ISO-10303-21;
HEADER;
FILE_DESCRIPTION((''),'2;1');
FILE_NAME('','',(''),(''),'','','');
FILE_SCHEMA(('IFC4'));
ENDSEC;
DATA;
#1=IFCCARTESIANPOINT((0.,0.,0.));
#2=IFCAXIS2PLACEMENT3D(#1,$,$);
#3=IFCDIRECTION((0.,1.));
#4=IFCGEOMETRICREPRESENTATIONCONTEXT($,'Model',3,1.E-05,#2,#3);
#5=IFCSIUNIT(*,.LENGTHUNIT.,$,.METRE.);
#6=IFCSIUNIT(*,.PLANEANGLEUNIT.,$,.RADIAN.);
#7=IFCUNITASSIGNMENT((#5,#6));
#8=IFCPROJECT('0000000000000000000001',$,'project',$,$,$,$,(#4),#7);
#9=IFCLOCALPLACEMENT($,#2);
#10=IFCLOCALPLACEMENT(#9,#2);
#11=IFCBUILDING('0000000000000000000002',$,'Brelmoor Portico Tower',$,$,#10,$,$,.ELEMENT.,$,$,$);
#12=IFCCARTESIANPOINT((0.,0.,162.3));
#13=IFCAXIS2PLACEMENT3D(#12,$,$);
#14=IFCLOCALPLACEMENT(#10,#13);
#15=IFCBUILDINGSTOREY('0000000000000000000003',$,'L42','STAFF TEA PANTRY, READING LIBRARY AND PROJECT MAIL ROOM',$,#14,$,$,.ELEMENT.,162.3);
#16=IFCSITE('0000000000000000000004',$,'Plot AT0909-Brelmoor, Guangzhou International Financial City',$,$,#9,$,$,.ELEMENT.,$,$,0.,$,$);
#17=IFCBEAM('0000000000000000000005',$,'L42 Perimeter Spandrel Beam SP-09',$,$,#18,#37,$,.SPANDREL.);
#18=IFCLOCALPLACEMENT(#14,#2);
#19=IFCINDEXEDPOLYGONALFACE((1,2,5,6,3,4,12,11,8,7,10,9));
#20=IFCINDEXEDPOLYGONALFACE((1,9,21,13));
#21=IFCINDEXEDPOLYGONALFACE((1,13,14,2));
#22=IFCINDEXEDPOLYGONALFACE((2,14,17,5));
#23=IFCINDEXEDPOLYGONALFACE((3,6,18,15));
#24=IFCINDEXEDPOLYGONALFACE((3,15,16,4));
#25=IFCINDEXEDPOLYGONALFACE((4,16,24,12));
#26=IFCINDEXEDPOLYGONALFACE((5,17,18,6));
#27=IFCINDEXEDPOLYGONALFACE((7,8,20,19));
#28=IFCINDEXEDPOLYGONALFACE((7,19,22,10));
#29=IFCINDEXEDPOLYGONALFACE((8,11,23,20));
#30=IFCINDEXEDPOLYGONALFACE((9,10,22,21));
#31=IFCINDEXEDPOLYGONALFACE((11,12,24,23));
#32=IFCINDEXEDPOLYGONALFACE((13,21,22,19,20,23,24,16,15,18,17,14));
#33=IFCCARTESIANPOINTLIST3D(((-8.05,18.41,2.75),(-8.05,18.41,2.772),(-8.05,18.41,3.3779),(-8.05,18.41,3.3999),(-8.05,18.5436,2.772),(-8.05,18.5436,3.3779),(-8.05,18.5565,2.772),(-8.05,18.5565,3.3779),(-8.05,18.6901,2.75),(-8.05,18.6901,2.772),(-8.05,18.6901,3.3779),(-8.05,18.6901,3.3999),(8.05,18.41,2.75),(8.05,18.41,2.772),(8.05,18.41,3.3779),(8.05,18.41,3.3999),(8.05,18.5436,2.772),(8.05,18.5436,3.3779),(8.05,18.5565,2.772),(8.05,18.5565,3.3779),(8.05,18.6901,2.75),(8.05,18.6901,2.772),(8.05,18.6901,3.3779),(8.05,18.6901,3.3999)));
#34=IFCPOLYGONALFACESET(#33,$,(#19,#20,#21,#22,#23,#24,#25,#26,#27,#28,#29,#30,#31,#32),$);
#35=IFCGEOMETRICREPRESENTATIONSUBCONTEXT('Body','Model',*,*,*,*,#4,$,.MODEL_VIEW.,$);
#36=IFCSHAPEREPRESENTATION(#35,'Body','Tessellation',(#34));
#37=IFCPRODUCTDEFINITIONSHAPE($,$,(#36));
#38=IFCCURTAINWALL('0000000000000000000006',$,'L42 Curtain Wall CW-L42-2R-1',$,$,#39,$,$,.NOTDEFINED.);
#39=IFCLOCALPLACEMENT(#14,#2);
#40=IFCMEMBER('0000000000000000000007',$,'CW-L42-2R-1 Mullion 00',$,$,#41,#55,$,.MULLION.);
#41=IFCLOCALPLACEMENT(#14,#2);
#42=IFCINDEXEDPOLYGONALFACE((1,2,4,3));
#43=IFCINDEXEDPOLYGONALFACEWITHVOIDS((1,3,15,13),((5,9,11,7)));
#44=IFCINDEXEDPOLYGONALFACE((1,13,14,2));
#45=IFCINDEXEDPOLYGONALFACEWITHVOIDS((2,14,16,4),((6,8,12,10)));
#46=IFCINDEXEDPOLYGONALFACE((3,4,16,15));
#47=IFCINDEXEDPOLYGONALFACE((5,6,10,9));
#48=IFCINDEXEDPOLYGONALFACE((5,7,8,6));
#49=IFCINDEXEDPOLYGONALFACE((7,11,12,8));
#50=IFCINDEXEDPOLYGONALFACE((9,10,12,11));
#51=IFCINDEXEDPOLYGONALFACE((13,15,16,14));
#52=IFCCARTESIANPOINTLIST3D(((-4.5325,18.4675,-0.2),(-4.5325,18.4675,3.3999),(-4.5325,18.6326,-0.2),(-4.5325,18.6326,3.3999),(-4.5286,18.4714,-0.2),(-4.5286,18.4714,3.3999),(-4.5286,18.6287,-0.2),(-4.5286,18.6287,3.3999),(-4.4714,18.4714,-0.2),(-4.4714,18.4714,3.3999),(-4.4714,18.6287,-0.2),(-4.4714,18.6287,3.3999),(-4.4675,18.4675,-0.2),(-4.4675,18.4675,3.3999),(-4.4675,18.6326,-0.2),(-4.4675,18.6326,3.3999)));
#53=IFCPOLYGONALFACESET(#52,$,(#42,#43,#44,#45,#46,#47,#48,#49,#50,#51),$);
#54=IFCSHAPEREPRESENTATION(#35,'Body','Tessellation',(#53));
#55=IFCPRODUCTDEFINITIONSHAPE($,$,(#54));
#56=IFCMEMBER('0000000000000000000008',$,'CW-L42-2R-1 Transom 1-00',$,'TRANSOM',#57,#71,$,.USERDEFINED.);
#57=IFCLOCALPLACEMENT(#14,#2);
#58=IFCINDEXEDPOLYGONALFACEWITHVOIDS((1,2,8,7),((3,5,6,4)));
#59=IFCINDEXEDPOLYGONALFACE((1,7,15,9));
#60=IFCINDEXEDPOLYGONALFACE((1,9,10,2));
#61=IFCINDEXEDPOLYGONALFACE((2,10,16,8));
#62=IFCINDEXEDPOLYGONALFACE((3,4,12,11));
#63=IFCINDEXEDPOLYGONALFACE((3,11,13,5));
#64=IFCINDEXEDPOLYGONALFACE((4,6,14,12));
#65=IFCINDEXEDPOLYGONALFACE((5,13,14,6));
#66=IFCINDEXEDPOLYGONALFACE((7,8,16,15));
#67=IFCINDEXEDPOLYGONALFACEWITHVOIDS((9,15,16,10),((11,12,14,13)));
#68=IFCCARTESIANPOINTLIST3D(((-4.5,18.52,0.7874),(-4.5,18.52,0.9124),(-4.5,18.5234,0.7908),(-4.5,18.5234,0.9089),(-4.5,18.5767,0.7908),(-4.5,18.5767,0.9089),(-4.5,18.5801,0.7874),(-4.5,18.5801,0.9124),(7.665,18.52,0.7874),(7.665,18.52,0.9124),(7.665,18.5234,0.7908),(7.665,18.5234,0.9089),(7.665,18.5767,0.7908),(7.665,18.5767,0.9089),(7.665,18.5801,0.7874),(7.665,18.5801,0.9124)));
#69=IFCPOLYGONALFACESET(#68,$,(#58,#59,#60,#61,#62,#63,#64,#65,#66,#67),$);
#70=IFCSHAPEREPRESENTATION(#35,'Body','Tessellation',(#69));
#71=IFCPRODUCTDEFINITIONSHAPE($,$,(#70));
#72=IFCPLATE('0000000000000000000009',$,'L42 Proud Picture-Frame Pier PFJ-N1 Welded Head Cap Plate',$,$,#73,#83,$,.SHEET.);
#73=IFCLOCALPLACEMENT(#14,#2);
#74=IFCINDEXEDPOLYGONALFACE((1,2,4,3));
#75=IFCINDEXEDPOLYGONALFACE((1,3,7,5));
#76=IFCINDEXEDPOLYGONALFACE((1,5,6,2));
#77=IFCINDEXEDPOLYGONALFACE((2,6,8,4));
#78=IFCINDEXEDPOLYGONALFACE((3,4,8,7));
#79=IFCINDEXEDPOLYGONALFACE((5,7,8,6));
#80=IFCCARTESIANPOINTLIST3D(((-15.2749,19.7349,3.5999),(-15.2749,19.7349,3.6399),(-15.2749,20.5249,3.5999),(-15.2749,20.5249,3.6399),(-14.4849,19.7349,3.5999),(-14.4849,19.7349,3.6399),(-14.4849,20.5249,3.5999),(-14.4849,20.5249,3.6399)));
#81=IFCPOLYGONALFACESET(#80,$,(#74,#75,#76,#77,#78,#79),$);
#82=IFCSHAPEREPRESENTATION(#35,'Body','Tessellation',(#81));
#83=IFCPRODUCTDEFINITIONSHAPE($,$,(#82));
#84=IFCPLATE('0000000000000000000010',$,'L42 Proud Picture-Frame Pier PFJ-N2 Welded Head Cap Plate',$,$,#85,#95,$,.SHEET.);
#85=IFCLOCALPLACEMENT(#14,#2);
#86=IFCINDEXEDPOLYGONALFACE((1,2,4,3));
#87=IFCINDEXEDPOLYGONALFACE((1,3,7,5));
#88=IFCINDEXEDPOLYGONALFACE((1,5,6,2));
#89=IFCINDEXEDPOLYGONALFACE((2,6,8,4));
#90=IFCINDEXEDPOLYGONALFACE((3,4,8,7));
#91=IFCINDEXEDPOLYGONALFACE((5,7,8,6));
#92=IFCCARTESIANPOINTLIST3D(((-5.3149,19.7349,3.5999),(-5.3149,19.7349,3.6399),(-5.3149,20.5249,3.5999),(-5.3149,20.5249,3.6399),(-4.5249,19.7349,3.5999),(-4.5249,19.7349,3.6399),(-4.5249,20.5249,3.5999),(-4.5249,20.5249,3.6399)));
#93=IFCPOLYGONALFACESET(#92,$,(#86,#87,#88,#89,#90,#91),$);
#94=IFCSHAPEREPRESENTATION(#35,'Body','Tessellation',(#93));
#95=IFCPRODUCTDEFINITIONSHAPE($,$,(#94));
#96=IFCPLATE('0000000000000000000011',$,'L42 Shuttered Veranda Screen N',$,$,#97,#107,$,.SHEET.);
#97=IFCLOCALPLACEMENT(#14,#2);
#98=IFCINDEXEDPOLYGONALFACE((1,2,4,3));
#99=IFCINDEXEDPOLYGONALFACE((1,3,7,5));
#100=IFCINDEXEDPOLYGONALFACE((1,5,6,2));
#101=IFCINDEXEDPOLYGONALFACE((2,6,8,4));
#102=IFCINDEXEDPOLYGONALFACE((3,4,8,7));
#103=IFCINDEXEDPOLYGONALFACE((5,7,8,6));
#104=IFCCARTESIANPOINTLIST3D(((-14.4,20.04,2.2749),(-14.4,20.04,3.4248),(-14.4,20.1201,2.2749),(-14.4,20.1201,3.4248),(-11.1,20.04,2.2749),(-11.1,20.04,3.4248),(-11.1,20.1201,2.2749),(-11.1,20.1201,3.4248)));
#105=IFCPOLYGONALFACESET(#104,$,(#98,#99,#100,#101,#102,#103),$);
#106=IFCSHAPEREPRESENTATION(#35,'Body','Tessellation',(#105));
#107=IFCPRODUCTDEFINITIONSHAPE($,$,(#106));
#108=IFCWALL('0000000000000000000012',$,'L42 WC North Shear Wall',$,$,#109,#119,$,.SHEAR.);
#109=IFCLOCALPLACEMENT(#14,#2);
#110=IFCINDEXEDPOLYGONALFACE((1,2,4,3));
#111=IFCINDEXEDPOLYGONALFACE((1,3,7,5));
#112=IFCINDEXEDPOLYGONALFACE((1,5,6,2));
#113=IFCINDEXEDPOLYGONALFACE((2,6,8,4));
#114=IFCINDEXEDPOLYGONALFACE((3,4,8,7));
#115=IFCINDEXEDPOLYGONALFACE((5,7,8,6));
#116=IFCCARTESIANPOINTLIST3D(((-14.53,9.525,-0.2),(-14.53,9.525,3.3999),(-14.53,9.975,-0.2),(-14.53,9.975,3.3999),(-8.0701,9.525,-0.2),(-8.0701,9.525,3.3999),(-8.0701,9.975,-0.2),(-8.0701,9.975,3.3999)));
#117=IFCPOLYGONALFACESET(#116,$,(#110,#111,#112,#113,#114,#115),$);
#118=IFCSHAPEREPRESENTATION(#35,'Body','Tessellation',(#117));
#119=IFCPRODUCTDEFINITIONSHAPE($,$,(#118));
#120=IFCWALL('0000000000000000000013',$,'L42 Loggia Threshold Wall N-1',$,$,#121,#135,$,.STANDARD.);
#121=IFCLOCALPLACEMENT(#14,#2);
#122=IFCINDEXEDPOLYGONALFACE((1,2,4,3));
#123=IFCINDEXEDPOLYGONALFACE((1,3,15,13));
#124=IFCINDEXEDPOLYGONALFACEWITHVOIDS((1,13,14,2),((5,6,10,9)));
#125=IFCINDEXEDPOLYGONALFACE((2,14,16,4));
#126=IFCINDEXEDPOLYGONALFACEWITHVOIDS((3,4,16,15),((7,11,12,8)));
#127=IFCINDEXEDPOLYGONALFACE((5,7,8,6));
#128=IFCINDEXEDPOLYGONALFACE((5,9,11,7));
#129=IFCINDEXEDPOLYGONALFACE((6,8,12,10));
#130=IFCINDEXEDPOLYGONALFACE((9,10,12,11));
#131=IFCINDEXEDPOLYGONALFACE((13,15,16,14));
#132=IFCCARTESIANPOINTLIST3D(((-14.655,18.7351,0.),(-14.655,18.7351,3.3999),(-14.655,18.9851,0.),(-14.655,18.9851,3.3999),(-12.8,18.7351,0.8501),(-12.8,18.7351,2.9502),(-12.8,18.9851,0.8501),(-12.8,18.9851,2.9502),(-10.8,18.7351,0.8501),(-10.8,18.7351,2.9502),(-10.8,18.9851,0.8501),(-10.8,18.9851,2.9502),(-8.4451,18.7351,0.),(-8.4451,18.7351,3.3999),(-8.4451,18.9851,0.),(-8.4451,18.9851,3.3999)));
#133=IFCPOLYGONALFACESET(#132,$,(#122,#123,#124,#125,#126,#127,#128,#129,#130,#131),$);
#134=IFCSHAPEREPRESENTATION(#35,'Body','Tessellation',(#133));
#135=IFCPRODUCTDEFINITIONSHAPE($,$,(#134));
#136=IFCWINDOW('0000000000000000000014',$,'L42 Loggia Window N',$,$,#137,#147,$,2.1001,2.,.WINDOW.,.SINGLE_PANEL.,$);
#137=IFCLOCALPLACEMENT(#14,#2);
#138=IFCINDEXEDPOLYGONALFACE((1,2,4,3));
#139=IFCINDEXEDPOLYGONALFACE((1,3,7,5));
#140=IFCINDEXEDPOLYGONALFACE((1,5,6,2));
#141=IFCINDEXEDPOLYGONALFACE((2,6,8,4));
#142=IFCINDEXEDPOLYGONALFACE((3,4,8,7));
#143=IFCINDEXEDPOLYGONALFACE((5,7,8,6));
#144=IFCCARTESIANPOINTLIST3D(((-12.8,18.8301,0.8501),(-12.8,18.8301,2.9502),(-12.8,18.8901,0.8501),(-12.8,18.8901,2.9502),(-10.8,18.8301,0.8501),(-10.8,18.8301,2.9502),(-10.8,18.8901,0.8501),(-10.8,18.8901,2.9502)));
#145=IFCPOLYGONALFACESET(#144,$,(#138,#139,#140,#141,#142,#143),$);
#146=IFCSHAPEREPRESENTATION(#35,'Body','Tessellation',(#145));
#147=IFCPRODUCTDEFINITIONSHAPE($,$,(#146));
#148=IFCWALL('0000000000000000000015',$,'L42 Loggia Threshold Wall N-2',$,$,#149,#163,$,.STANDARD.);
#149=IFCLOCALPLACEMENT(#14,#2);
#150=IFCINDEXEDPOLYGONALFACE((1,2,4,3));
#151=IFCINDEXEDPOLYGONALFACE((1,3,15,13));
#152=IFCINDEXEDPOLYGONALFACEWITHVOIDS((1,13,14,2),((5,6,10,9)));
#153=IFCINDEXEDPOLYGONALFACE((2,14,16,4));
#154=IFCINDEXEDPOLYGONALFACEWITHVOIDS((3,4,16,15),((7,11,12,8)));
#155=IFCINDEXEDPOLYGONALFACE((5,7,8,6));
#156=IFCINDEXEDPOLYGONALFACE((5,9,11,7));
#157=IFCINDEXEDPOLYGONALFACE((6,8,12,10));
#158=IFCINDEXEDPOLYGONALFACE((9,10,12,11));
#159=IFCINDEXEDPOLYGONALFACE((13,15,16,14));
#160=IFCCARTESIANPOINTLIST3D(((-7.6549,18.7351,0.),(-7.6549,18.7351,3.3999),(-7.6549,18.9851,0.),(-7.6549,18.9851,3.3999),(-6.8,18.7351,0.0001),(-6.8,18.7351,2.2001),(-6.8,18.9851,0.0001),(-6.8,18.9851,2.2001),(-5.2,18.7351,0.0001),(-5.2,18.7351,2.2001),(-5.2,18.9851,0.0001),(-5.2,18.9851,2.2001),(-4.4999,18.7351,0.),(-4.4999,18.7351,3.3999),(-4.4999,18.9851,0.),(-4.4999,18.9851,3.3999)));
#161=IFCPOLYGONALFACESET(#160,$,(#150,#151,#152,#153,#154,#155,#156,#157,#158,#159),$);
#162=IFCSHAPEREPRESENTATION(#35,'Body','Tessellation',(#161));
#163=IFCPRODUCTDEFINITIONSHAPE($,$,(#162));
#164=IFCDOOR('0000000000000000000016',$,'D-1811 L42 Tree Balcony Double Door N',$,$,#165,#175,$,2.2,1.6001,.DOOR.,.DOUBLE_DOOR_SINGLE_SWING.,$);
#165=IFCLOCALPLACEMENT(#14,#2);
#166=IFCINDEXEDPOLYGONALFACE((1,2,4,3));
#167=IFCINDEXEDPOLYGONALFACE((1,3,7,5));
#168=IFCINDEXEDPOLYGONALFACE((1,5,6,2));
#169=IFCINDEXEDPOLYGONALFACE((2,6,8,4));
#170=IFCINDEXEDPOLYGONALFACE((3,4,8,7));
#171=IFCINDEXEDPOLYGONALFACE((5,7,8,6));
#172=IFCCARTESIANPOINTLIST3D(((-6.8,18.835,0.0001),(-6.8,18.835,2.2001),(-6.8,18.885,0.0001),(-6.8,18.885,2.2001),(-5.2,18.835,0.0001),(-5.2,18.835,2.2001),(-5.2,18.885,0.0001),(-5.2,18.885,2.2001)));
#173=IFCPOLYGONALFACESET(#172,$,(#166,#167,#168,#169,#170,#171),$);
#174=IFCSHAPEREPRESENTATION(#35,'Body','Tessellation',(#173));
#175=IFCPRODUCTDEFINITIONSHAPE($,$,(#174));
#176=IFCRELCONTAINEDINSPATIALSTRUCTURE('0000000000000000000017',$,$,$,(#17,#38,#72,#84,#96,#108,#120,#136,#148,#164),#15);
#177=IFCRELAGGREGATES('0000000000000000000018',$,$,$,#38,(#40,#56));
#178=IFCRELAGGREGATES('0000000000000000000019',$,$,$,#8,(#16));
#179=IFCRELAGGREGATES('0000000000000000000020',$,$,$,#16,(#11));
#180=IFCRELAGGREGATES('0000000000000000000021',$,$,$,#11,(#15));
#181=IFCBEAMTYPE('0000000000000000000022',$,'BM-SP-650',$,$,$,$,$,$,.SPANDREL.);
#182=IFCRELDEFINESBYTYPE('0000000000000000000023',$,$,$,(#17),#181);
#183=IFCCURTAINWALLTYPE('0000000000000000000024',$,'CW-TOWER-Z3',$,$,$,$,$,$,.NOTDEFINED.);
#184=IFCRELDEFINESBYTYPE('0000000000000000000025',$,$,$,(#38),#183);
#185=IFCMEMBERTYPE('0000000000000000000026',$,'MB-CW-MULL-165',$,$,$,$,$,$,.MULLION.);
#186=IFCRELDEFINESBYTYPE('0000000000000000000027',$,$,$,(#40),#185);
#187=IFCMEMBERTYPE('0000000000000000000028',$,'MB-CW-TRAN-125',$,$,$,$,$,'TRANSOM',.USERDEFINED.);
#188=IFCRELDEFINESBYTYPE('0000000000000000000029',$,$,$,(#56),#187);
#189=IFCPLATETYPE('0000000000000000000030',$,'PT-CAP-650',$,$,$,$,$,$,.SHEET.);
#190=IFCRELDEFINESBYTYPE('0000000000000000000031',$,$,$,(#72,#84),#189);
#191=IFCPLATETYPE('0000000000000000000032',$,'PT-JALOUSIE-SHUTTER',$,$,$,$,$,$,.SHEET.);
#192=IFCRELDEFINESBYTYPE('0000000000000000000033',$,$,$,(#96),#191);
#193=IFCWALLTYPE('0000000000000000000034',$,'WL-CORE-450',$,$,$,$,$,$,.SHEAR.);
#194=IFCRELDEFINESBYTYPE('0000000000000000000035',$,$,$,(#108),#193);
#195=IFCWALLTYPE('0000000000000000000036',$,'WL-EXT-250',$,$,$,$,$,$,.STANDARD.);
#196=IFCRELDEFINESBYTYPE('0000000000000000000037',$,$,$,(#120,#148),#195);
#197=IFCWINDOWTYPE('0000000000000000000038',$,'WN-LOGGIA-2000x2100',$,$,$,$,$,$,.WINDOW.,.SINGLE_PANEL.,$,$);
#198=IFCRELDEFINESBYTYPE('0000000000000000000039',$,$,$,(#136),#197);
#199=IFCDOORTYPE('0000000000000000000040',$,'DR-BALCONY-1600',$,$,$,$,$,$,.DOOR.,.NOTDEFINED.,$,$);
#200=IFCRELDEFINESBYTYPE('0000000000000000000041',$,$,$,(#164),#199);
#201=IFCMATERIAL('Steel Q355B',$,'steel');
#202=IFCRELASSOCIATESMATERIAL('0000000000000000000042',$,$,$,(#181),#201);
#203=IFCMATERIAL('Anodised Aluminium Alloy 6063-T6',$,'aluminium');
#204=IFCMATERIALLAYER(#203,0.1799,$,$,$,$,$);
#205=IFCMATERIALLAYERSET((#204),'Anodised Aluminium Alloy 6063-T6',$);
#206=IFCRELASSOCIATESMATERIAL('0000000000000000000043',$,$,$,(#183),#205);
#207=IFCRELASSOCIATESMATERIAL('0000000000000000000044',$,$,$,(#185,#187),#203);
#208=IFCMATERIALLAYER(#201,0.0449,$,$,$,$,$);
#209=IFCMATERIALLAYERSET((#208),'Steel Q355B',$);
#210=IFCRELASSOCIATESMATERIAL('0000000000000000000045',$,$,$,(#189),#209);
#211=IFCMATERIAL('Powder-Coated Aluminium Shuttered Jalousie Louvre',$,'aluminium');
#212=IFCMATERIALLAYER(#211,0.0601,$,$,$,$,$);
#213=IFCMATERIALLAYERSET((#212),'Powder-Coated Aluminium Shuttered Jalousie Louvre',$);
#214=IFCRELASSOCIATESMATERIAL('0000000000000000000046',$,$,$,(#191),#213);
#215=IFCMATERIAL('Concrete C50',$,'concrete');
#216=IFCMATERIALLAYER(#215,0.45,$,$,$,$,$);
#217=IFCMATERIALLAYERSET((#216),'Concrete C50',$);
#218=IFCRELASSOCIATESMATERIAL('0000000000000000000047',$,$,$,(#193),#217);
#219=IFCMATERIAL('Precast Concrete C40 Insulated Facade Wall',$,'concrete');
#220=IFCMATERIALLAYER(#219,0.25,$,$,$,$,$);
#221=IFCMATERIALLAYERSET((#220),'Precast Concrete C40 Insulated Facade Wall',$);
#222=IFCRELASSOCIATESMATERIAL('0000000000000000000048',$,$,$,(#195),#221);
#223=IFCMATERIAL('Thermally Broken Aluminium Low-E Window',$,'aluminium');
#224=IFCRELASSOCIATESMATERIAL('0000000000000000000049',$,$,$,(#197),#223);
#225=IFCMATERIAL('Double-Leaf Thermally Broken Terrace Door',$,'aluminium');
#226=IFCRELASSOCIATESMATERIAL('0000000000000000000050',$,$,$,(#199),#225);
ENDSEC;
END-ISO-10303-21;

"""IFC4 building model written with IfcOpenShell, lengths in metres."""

from ifc_helpers import new_model, si_unit, direction, frame, frame_2d, origin, origin_2d, place, context, subcontext, project, spatial, rectangle, hollow_rectangle, i_section, extrude, material, layer, layer_set, material_profile, profile_set, type_object, element, fill, aggregate, save


model = new_model("IFC4")

# Units and contexts
model_context = context("Model", 3, precision=1e-05, world=origin(), true_north=direction((0.0, 1.0)))
body_context = subcontext(model_context, "Body", "Model", "MODEL_VIEW")
ifc_project = project(units=[si_unit("LENGTHUNIT", "METRE"), si_unit("PLANEANGLEUNIT", "RADIAN")], contexts=[model_context])

# Site, building, storey
site_placement = place(None, origin())
site = spatial("IfcSite", under=ifc_project, at=site_placement, Name="Plot AT0909-Brelmoor, Guangzhou International Financial City", CompositionType="ELEMENT", RefElevation=0.0)
building_placement = place(site_placement, origin())
building = spatial("IfcBuilding", under=site, at=building_placement, Name="Brelmoor Portico Tower", CompositionType="ELEMENT")
storey_placement = place(building_placement, frame((0.0, 0.0, 162.3)))
storey = spatial("IfcBuildingStorey", under=building, at=storey_placement, Name="L42", Description="STAFF TEA PANTRY, READING LIBRARY AND PROJECT MAIL ROOM", CompositionType="ELEMENT", Elevation=162.3)

# Shared definitions
ifc_material_1 = material(Name="Steel Q355B", Category="steel")

# Beam
ifc_material_profile_1 = material_profile(ifc_material_1, i_section(OverallWidth=0.28, OverallDepth=0.6499, WebThickness=0.0129, FlangeThickness=0.022, at=origin_2d()), Name="HN 650x280x13x22")
ifc_profile_set_1 = profile_set([ifc_material_profile_1], Name="Steel Q355B")
beam_type_1 = type_object("IfcBeamType", Name="BM-SP-650", PredefinedType="SPANDREL", material=ifc_profile_set_1)
beam_1_placement = place(storey_placement, frame((-8.05, 18.55, 3.075), z_axis=(1.0, 0.0, 0.0), x_axis=(0.0, 1.0, 0.0)))
element("IfcBeam", 1, at=beam_1_placement, inside=storey, type_object=beam_type_1, Name="L42 Perimeter Spandrel Beam SP-09", PredefinedType="SPANDREL", context=body_context, shape_type="SweptSolid", body=[
    extrude(i_section(OverallWidth=0.28, OverallDepth=0.6499, WebThickness=0.0129, FlangeThickness=0.022, at=origin_2d()), origin(), (0.0, 0.0, 1.0), 16.1001),
])

# Curtain wall, members
ifc_material_2 = material(Name="Anodised Aluminium Alloy 6063-T6", Category="aluminium")
ifc_layer_1 = layer(ifc_material_2, 0.1799)
ifc_layer_set_1 = layer_set([ifc_layer_1], Name="Anodised Aluminium Alloy 6063-T6")
curtain_wall_type = type_object("IfcCurtainWallType", Name="CW-TOWER-Z3", PredefinedType="NOTDEFINED", material=ifc_layer_set_1)
curtain_wall_placement = place(storey_placement, origin())
curtain_wall = element("IfcCurtainWall", 2, at=curtain_wall_placement, inside=storey, type_object=curtain_wall_type, Name="L42 Curtain Wall CW-L42-2R-1", PredefinedType="NOTDEFINED")
ifc_material_profile_2 = material_profile(ifc_material_2, hollow_rectangle(XDim=0.0649, YDim=0.165, WallThickness=0.0039, at=origin_2d()), Name="ALU MULLION 65x165")
ifc_profile_set_2 = profile_set([ifc_material_profile_2], Name="Anodised Aluminium Alloy 6063-T6")
member_type_1 = type_object("IfcMemberType", Name="MB-CW-MULL-165", PredefinedType="MULLION", material=ifc_profile_set_2)
member_1_placement = place(storey_placement, frame((-4.5, 18.55, -0.2), z_axis=(0.0, 0.0, 1.0), x_axis=(1.0, 0.0, 0.0)))
member_1 = element("IfcMember", 3, at=member_1_placement, type_object=member_type_1, Name="CW-L42-2R-1 Mullion 00", PredefinedType="MULLION", context=body_context, shape_type="SweptSolid", body=[
    extrude(hollow_rectangle(XDim=0.0649, YDim=0.165, WallThickness=0.0039, at=origin_2d()), origin(), (0.0, 0.0, 1.0), 3.5999),
])
ifc_material_profile_3 = material_profile(ifc_material_2, hollow_rectangle(XDim=0.0601, YDim=0.125, WallThickness=0.0034, at=origin_2d()), Name="ALU TRANSOM 60x125")
ifc_profile_set_3 = profile_set([ifc_material_profile_3], Name="Anodised Aluminium Alloy 6063-T6")
member_type_2 = type_object("IfcMemberType", Name="MB-CW-TRAN-125", ElementType="TRANSOM", PredefinedType="USERDEFINED", material=ifc_profile_set_3)
member_2_placement = place(storey_placement, frame((-4.5, 18.55, 0.8499), z_axis=(1.0, 0.0, 0.0), x_axis=(0.0, 1.0, 0.0)))
member_2 = element("IfcMember", 4, at=member_2_placement, type_object=member_type_2, Name="CW-L42-2R-1 Transom 1-00", ObjectType="TRANSOM", PredefinedType="USERDEFINED", context=body_context, shape_type="SweptSolid", body=[
    extrude(hollow_rectangle(XDim=0.0601, YDim=0.125, WallThickness=0.0034, at=origin_2d()), origin(), (0.0, 0.0, 1.0), 12.165),
])
aggregate(curtain_wall, [member_1, member_2])

# Plates
ifc_layer_2 = layer(ifc_material_1, 0.0449)
ifc_layer_set_2 = layer_set([ifc_layer_2], Name="Steel Q355B")
plate_type_1 = type_object("IfcPlateType", Name="PT-CAP-650", PredefinedType="SHEET", material=ifc_layer_set_2)
for number, where, z_axis, x_axis, name in (
    (5, (-14.8799, 20.1299, 3.5999), (0.0, 0.0, 1.0), (1.0, 0.0, 0.0), "L42 Proud Picture-Frame Pier PFJ-N1 Welded Head Cap Plate"),
    (6, (-4.9199, 20.1299, 3.5999), (0.0, 0.0, 1.0), (1.0, 0.0, 0.0), "L42 Proud Picture-Frame Pier PFJ-N2 Welded Head Cap Plate"),
):
    element("IfcPlate", number, at=place(storey_placement, frame(where, z_axis=z_axis, x_axis=x_axis)), inside=storey, type_object=plate_type_1, Name=name, PredefinedType="SHEET", context=body_context, shape_type="SweptSolid", body=[
        extrude(rectangle(XDim=0.79, YDim=0.79, at=origin_2d()), origin(), (0.0, 0.0, 1.0), 0.04),
    ])
ifc_material_3 = material(Name="Powder-Coated Aluminium Shuttered Jalousie Louvre", Category="aluminium")
ifc_layer_3 = layer(ifc_material_3, 0.0601)
ifc_layer_set_3 = layer_set([ifc_layer_3], Name="Powder-Coated Aluminium Shuttered Jalousie Louvre")
plate_type_2 = type_object("IfcPlateType", Name="PT-JALOUSIE-SHUTTER", PredefinedType="SHEET", material=ifc_layer_set_3)
plate_placement = place(storey_placement, frame((-12.75, 20.0801, 2.2749), z_axis=(0.0, 0.0, 1.0), x_axis=(1.0, 0.0, 0.0)))
element("IfcPlate", 7, at=plate_placement, inside=storey, type_object=plate_type_2, Name="L42 Shuttered Veranda Screen N", PredefinedType="SHEET", context=body_context, shape_type="SweptSolid", body=[
    extrude(rectangle(XDim=3.3, YDim=0.0801, at=origin_2d()), origin(), (0.0, 0.0, 1.0), 1.1499),
])

# Wall
ifc_material_4 = material(Name="Concrete C50", Category="concrete")
ifc_layer_4 = layer(ifc_material_4, 0.45)
ifc_layer_set_4 = layer_set([ifc_layer_4], Name="Concrete C50")
wall_type_1 = type_object("IfcWallType", Name="WL-CORE-450", PredefinedType="SHEAR", material=ifc_layer_set_4)
wall_1_placement = place(storey_placement, frame((-14.53, 9.75, -0.2), z_axis=(0.0, 0.0, 1.0), x_axis=(1.0, 0.0, 0.0)))
element("IfcWall", 8, at=wall_1_placement, inside=storey, type_object=wall_type_1, Name="L42 WC North Shear Wall", PredefinedType="SHEAR", context=body_context, shape_type="SweptSolid", body=[
    extrude(rectangle(XDim=6.46, YDim=0.45, at=frame_2d((3.23, 0.0))), origin(), (0.0, 0.0, 1.0), 3.5999),
])

# Wall, opening, window
ifc_material_5 = material(Name="Precast Concrete C40 Insulated Facade Wall", Category="concrete")
ifc_layer_5 = layer(ifc_material_5, 0.25)
ifc_layer_set_5 = layer_set([ifc_layer_5], Name="Precast Concrete C40 Insulated Facade Wall")
wall_type_2 = type_object("IfcWallType", Name="WL-EXT-250", PredefinedType="STANDARD", material=ifc_layer_set_5)
wall_2_placement = place(storey_placement, frame((-14.655, 18.8601, 0.0), z_axis=(0.0, 0.0, 1.0), x_axis=(1.0, 0.0, 0.0)))
wall_2 = element("IfcWall", 9, at=wall_2_placement, inside=storey, type_object=wall_type_2, Name="L42 Loggia Threshold Wall N-1", PredefinedType="STANDARD", context=body_context, shape_type="SweptSolid", body=[
    extrude(rectangle(XDim=6.21, YDim=0.25, at=frame_2d((3.105, 0.0))), origin(), (0.0, 0.0, 1.0), 3.3999),
])
opening_1_placement = place(wall_2_placement, frame((1.855, 0.0, 0.8501)))
opening_1 = element("IfcOpeningElement", 10, at=opening_1_placement, cuts=wall_2, PredefinedType="OPENING", context=body_context, shape_type="SweptSolid", body=[
    extrude(rectangle(XDim=2.0, YDim=2.1001, at=frame_2d((1.0, 1.05))), frame((0.0, 0.135, 0.0), z_axis=(0.0, -1.0, 0.0), x_axis=(1.0, 0.0, 0.0)), (0.0, 0.0, 1.0), 0.27),
])
ifc_material_6 = material(Name="Thermally Broken Aluminium Low-E Window", Category="aluminium")
window_type = type_object("IfcWindowType", Name="WN-LOGGIA-2000x2100", PartitioningType="SINGLE_PANEL", PredefinedType="WINDOW", material=ifc_material_6)
window_placement = place(opening_1_placement, origin())
window = element("IfcWindow", 11, at=window_placement, inside=storey, type_object=window_type, Name="L42 Loggia Window N", OverallHeight=2.1001, OverallWidth=2.0, PartitioningType="SINGLE_PANEL", PredefinedType="WINDOW", context=body_context, shape_type="SweptSolid", body=[
    extrude(rectangle(XDim=2.0, YDim=2.1001, at=frame_2d((1.0, 1.05))), frame((0.0, 0.03, 0.0), z_axis=(0.0, -1.0, 0.0), x_axis=(1.0, 0.0, 0.0)), (0.0, 0.0, 1.0), 0.0601),
])
fill(opening_1, window)

# Wall, opening, door
wall_3_placement = place(storey_placement, frame((-7.655, 18.8601, 0.0), z_axis=(0.0, 0.0, 1.0), x_axis=(1.0, 0.0, 0.0)))
wall_3 = element("IfcWall", 12, at=wall_3_placement, inside=storey, type_object=wall_type_2, Name="L42 Loggia Threshold Wall N-2", PredefinedType="STANDARD", context=body_context, shape_type="SweptSolid", body=[
    extrude(rectangle(XDim=3.155, YDim=0.25, at=frame_2d((1.5776, 0.0))), origin(), (0.0, 0.0, 1.0), 3.3999),
])
opening_2_placement = place(wall_3_placement, frame((0.855, 0.0, 0.0)))
opening_2 = element("IfcOpeningElement", 13, at=opening_2_placement, cuts=wall_3, PredefinedType="OPENING", context=body_context, shape_type="SweptSolid", body=[
    extrude(rectangle(XDim=1.6001, YDim=2.2, at=frame_2d((0.8, 1.1001))), frame((0.0, 0.135, 0.0), z_axis=(0.0, -1.0, 0.0), x_axis=(1.0, 0.0, 0.0)), (0.0, 0.0, 1.0), 0.27),
])
ifc_material_7 = material(Name="Double-Leaf Thermally Broken Terrace Door", Category="aluminium")
door_type_1 = type_object("IfcDoorType", Name="DR-BALCONY-1600", OperationType="NOTDEFINED", PredefinedType="DOOR", material=ifc_material_7)
door_1_placement = place(opening_2_placement, origin())
door_1 = element("IfcDoor", 14, at=door_1_placement, inside=storey, type_object=door_type_1, Name="D-1811 L42 Tree Balcony Double Door N", OperationType="DOUBLE_DOOR_SINGLE_SWING", OverallHeight=2.2, OverallWidth=1.6001, PredefinedType="DOOR", context=body_context, shape_type="SweptSolid", body=[
    extrude(rectangle(XDim=1.6001, YDim=2.2, at=frame_2d((0.8, 1.1001))), frame((0.0, 0.0249, 0.0), z_axis=(0.0, -1.0, 0.0), x_axis=(1.0, 0.0, 0.0)), (0.0, 0.0, 1.0), 0.05),
])
fill(opening_2, door_1)

save(model, "model.ifc")
